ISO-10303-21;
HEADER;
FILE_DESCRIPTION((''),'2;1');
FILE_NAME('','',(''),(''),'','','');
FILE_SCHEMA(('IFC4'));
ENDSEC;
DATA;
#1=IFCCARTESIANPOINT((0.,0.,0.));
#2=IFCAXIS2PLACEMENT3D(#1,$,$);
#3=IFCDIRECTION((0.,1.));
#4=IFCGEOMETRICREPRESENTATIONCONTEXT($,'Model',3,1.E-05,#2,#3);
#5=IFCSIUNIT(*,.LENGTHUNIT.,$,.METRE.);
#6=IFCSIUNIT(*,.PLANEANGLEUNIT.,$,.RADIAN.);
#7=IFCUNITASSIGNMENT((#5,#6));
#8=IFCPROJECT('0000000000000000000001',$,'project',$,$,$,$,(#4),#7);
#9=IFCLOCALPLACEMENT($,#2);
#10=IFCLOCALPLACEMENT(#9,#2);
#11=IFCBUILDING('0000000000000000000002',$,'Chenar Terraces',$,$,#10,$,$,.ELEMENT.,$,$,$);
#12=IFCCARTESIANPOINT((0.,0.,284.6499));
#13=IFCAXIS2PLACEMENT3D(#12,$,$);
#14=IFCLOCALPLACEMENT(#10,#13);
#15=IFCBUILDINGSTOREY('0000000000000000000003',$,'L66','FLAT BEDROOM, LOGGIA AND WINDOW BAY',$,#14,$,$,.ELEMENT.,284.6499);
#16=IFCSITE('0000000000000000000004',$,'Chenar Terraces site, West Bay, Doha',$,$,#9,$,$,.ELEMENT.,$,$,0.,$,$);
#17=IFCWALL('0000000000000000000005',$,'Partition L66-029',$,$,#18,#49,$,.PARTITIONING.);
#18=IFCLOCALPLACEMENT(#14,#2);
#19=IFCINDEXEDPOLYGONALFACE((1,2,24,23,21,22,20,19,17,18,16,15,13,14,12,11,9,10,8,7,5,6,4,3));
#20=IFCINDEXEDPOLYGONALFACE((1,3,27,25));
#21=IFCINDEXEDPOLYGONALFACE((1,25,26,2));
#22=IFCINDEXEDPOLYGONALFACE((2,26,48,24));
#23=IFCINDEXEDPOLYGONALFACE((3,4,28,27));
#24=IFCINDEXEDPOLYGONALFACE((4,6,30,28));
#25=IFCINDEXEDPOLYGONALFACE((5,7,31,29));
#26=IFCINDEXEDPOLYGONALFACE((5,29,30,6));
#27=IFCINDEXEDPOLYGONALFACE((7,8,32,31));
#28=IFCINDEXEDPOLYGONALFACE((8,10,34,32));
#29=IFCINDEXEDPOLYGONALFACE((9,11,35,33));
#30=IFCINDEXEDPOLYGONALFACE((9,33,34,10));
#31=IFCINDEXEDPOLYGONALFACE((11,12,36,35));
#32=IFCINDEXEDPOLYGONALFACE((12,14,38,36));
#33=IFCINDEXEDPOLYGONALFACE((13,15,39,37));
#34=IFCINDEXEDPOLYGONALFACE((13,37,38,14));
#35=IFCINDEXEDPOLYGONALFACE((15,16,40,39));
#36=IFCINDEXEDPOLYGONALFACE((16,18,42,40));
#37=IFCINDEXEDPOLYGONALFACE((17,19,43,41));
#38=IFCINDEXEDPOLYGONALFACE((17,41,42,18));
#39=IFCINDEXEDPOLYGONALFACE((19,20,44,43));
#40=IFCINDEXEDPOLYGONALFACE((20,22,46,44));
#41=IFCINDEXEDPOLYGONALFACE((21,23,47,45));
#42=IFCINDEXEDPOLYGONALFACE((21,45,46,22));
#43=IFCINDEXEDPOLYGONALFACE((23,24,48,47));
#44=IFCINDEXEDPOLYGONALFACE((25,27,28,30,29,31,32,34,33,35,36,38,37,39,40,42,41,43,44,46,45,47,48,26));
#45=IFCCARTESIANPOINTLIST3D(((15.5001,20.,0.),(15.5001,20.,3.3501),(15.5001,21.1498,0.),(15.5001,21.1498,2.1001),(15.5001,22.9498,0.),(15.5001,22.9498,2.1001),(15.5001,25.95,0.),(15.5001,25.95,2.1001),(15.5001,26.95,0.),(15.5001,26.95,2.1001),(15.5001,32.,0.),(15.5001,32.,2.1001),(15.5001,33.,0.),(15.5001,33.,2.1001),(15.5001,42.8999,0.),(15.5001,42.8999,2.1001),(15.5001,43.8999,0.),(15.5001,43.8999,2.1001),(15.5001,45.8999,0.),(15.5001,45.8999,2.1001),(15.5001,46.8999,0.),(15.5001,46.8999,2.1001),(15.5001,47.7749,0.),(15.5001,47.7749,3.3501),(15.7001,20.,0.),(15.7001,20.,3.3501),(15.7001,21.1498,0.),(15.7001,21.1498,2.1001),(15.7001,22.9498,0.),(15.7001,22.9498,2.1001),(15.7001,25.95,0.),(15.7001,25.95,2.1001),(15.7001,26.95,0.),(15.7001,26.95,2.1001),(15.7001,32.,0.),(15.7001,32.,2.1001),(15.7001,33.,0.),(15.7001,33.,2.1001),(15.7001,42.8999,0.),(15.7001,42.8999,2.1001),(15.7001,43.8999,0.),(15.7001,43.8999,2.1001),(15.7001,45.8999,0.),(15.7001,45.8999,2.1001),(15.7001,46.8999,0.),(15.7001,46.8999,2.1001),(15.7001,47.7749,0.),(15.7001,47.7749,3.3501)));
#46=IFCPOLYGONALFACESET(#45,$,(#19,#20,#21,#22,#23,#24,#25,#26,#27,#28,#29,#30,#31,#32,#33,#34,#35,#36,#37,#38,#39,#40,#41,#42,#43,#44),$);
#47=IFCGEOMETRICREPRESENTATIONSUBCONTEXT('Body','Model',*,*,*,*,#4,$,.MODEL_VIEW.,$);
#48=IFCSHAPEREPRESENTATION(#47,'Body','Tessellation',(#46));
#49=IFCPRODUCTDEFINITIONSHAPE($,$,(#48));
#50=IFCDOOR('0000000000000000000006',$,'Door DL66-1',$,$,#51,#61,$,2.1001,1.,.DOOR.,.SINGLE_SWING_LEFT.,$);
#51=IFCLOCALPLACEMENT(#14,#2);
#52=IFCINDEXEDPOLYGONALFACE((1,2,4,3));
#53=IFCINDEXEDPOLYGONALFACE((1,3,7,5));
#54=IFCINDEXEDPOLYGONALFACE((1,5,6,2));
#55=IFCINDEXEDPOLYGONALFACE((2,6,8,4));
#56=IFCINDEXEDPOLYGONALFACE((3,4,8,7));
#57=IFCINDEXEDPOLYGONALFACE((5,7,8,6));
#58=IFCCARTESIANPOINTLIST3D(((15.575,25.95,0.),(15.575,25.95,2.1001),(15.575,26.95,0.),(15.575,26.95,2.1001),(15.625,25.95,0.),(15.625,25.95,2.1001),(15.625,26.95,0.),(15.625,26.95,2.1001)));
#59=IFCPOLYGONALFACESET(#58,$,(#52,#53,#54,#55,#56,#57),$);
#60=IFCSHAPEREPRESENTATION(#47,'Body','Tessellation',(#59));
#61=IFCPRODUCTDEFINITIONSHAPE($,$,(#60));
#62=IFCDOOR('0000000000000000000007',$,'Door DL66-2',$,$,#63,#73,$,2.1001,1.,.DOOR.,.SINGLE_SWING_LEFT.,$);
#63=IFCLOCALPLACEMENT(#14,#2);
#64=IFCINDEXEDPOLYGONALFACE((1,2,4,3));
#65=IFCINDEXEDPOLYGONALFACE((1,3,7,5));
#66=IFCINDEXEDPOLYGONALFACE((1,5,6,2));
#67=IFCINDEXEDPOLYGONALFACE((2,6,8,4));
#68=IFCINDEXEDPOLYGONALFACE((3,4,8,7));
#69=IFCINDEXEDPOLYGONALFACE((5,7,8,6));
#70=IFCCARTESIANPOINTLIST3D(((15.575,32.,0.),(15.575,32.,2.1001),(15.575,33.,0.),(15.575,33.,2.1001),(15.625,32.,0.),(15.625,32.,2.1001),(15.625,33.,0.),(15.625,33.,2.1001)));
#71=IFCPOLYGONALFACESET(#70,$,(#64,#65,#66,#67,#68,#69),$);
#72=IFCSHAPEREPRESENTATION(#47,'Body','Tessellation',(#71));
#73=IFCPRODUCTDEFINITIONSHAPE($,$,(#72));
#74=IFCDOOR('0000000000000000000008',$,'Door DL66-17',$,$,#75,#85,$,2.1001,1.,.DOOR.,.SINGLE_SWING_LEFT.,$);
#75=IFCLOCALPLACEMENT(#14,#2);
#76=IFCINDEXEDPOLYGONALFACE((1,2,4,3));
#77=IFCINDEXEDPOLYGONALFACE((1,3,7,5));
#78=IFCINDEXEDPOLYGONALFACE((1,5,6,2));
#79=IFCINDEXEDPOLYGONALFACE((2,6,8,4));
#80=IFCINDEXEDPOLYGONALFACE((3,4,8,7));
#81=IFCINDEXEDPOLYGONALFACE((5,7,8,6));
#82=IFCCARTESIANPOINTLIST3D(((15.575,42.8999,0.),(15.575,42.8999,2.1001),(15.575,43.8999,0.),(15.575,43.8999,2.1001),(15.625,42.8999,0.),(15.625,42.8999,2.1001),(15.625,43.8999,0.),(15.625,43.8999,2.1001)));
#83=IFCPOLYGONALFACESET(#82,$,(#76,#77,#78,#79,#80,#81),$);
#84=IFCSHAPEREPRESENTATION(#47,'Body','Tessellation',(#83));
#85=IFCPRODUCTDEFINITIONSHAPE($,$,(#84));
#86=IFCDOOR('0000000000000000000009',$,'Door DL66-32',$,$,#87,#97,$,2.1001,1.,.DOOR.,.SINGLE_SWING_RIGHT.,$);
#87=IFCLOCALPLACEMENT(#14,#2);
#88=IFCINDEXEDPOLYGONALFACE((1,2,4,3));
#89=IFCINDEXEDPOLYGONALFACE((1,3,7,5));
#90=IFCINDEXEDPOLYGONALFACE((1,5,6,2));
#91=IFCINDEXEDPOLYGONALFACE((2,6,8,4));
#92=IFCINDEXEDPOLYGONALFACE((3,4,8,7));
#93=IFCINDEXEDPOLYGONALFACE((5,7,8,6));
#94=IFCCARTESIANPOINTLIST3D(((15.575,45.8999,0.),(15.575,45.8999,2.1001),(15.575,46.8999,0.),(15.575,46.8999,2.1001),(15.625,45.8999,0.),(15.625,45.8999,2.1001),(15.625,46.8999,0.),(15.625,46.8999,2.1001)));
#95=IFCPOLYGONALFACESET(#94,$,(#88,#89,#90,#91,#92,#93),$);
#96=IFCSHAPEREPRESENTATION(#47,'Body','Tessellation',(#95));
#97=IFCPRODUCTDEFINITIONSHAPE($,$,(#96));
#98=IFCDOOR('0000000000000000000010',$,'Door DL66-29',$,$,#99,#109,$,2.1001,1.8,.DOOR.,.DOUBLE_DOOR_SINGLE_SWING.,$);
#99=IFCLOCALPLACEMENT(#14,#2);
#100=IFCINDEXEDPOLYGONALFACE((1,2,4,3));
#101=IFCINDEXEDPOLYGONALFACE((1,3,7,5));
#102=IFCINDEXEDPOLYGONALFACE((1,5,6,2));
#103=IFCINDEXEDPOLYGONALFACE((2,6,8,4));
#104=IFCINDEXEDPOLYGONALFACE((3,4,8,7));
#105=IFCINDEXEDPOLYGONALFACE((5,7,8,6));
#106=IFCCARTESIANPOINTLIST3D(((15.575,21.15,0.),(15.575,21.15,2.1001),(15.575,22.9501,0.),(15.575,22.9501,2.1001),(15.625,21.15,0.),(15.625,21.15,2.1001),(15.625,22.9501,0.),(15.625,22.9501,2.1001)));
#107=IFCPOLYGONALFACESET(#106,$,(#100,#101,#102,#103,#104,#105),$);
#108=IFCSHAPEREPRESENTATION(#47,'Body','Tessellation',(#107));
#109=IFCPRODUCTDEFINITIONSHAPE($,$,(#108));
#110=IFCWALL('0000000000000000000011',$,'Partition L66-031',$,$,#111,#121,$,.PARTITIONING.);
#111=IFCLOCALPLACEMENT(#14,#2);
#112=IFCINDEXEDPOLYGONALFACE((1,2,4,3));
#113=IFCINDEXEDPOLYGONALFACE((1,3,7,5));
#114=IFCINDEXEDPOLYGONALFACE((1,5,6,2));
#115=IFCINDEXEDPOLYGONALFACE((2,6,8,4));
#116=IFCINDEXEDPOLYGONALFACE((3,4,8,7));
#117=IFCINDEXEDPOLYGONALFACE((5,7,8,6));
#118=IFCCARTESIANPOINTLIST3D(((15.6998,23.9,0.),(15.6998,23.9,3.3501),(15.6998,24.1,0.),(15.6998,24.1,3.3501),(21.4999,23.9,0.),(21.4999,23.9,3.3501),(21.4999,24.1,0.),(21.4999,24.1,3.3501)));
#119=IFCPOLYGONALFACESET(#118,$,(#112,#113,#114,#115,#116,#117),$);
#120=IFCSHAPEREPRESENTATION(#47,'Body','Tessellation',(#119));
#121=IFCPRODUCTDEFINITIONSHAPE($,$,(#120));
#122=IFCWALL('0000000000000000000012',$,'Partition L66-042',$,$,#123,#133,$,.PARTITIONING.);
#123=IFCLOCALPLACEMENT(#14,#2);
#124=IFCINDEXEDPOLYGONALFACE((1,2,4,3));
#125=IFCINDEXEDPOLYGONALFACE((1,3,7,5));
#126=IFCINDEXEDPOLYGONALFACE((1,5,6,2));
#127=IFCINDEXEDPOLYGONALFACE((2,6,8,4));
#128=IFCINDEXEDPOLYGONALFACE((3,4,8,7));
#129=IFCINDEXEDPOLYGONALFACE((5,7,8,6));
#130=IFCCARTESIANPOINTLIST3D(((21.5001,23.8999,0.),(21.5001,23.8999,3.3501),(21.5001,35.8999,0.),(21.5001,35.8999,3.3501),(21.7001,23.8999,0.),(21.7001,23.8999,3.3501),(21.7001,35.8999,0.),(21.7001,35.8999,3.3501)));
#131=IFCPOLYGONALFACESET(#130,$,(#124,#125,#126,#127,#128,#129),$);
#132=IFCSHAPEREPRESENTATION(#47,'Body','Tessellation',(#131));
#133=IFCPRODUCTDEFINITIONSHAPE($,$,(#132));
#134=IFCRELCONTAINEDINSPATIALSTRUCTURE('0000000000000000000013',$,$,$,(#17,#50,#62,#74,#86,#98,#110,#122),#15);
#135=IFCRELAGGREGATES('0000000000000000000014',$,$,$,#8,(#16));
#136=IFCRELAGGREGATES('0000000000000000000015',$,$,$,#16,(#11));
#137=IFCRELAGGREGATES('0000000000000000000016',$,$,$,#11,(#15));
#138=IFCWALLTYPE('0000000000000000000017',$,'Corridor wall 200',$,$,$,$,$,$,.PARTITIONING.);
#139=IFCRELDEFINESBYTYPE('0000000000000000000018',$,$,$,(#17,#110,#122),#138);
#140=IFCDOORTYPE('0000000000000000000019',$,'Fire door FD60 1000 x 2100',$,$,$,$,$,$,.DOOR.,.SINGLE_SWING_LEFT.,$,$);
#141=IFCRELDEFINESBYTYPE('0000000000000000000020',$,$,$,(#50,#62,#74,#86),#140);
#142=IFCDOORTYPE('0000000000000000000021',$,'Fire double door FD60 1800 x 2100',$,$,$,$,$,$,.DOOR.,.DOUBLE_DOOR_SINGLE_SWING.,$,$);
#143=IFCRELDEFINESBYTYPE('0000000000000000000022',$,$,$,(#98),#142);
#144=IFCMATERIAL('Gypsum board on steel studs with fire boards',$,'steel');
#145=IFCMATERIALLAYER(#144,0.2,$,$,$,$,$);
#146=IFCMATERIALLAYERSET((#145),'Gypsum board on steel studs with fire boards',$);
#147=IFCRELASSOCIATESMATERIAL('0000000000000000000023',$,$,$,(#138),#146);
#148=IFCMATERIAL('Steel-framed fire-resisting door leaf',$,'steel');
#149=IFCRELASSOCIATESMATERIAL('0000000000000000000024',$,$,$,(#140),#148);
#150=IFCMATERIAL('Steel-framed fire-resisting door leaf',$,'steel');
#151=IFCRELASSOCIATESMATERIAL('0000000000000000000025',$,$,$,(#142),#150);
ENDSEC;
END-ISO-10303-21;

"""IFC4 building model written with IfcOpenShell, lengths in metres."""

from ifc_helpers import new_model, si_unit, direction, frame, frame_2d, origin, place, context, subcontext, project, spatial, rectangle, extrude, material, layer, layer_set, type_object, element, fill, save


model = new_model("IFC4")

# Units and contexts
model_context = context("Model", 3, precision=1e-05, world=origin(), true_north=direction((0.0, 1.0)))
body_context = subcontext(model_context, "Body", "Model", "MODEL_VIEW")
ifc_project = project(units=[si_unit("LENGTHUNIT", "METRE"), si_unit("PLANEANGLEUNIT", "RADIAN")], contexts=[model_context])

# Site, building, storey
site_placement = place(None, origin())
site = spatial("IfcSite", under=ifc_project, at=site_placement, Name="Chenar Terraces site, West Bay, Doha", CompositionType="ELEMENT", RefElevation=0.0)
building_placement = place(site_placement, origin())
building = spatial("IfcBuilding", under=site, at=building_placement, Name="Chenar Terraces", CompositionType="ELEMENT")
storey_placement = place(building_placement, frame((0.0, 0.0, 284.6499)))
storey = spatial("IfcBuildingStorey", under=building, at=storey_placement, Name="L66", Description="FLAT BEDROOM, LOGGIA AND WINDOW BAY", CompositionType="ELEMENT", Elevation=284.6499)

# Wall, openings, doors
ifc_material_1 = material(Name="Gypsum board on steel studs with fire boards", Category="steel")
ifc_layer_1 = layer(ifc_material_1, 0.2)
ifc_layer_set_1 = layer_set([ifc_layer_1], Name="Gypsum board on steel studs with fire boards")
wall_type_1 = type_object("IfcWallType", Name="Corridor wall 200", PredefinedType="PARTITIONING", material=ifc_layer_set_1)
wall_1_placement = place(storey_placement, frame((15.6001, 20.0, 0.0), z_axis=(0.0, 0.0, 1.0), x_axis=(0.0, 1.0, 0.0)))
wall_1 = element("IfcWall", 1, at=wall_1_placement, inside=storey, type_object=wall_type_1, Name="Partition L66-029", PredefinedType="PARTITIONING", context=body_context, shape_type="SweptSolid", body=[
    extrude(rectangle(XDim=27.7749, YDim=0.2, at=frame_2d((13.8875, 0.0))), origin(), (0.0, 0.0, 1.0), 3.3501),
])
opening_1_placement = place(wall_1_placement, frame((5.95, 0.0, 0.0)))
opening_1 = element("IfcOpeningElement", 2, at=opening_1_placement, cuts=wall_1, PredefinedType="OPENING", context=body_context, shape_type="SweptSolid", body=[
    extrude(rectangle(XDim=1.0, YDim=2.1001, at=frame_2d((0.5, 1.05))), frame((0.0, 0.1099, 0.0), z_axis=(0.0, -1.0, 0.0), x_axis=(1.0, 0.0, 0.0)), (0.0, 0.0, 1.0), 0.22),
])
opening_2_placement = place(wall_1_placement, frame((12.0, 0.0, 0.0)))
opening_2 = element("IfcOpeningElement", 3, at=opening_2_placement, cuts=wall_1, PredefinedType="OPENING", context=body_context, shape_type="SweptSolid", body=[
    extrude(rectangle(XDim=1.0, YDim=2.1001, at=frame_2d((0.5, 1.05))), frame((0.0, 0.1099, 0.0), z_axis=(0.0, -1.0, 0.0), x_axis=(1.0, 0.0, 0.0)), (0.0, 0.0, 1.0), 0.22),
])
opening_3_placement = place(wall_1_placement, frame((22.8999, 0.0, 0.0)))
opening_3 = element("IfcOpeningElement", 4, at=opening_3_placement, cuts=wall_1, PredefinedType="OPENING", context=body_context, shape_type="SweptSolid", body=[
    extrude(rectangle(XDim=1.0, YDim=2.1001, at=frame_2d((0.5, 1.05))), frame((0.0, 0.1099, 0.0), z_axis=(0.0, -1.0, 0.0), x_axis=(1.0, 0.0, 0.0)), (0.0, 0.0, 1.0), 0.22),
])
opening_4_placement = place(wall_1_placement, frame((1.1499, 0.0, 0.0)))
opening_4 = element("IfcOpeningElement", 5, at=opening_4_placement, cuts=wall_1, PredefinedType="OPENING", context=body_context, shape_type="SweptSolid", body=[
    extrude(rectangle(XDim=1.8, YDim=2.1001, at=frame_2d((0.8999, 1.05))), frame((0.0, 0.1099, 0.0), z_axis=(0.0, -1.0, 0.0), x_axis=(1.0, 0.0, 0.0)), (0.0, 0.0, 1.0), 0.22),
])
opening_5_placement = place(wall_1_placement, frame((25.8999, 0.0, 0.0)))
opening_5 = element("IfcOpeningElement", 6, at=opening_5_placement, cuts=wall_1, PredefinedType="OPENING", context=body_context, shape_type="SweptSolid", body=[
    extrude(rectangle(XDim=1.0, YDim=2.1001, at=frame_2d((0.5, 1.05))), frame((0.0, 0.1099, 0.0), z_axis=(0.0, -1.0, 0.0), x_axis=(1.0, 0.0, 0.0)), (0.0, 0.0, 1.0), 0.22),
])
ifc_material_2 = material(Name="Steel-framed fire-resisting door leaf", Category="steel")
door_type_1 = type_object("IfcDoorType", Name="Fire door FD60 1000 x 2100", OperationType="SINGLE_SWING_LEFT", PredefinedType="DOOR", material=ifc_material_2)
door_1_placement = place(opening_1_placement, frame((1.0, 0.0, 0.0), z_axis=(0.0, 0.0, 1.0), x_axis=(-1.0, 0.0, 0.0)))
door_1 = element("IfcDoor", 7, at=door_1_placement, inside=storey, type_object=door_type_1, Name="Door DL66-1", OperationType="SINGLE_SWING_LEFT", OverallHeight=2.1001, OverallWidth=1.0, PredefinedType="DOOR", context=body_context, shape_type="SweptSolid", body=[
    extrude(rectangle(XDim=1.0, YDim=2.1001, at=frame_2d((0.5, 1.05))), frame((0.0, 0.0249, 0.0), z_axis=(0.0, -1.0, 0.0), x_axis=(1.0, 0.0, 0.0)), (0.0, 0.0, 1.0), 0.05),
])
fill(opening_1, door_1)
door_2_placement = place(opening_2_placement, frame((1.0, 0.0, 0.0), z_axis=(0.0, 0.0, 1.0), x_axis=(-1.0, 0.0, 0.0)))
door_2 = element("IfcDoor", 8, at=door_2_placement, inside=storey, type_object=door_type_1, Name="Door DL66-2", OperationType="SINGLE_SWING_LEFT", OverallHeight=2.1001, OverallWidth=1.0, PredefinedType="DOOR", context=body_context, shape_type="SweptSolid", body=[
    extrude(rectangle(XDim=1.0, YDim=2.1001, at=frame_2d((0.5, 1.05))), frame((0.0, 0.0249, 0.0), z_axis=(0.0, -1.0, 0.0), x_axis=(1.0, 0.0, 0.0)), (0.0, 0.0, 1.0), 0.05),
])
fill(opening_2, door_2)
door_3_placement = place(opening_3_placement, frame((1.0, 0.0, 0.0), z_axis=(0.0, 0.0, 1.0), x_axis=(-1.0, 0.0, 0.0)))
door_3 = element("IfcDoor", 9, at=door_3_placement, inside=storey, type_object=door_type_1, Name="Door DL66-17", OperationType="SINGLE_SWING_LEFT", OverallHeight=2.1001, OverallWidth=1.0, PredefinedType="DOOR", context=body_context, shape_type="SweptSolid", body=[
    extrude(rectangle(XDim=1.0, YDim=2.1001, at=frame_2d((0.5, 1.05))), frame((0.0, 0.0249, 0.0), z_axis=(0.0, -1.0, 0.0), x_axis=(1.0, 0.0, 0.0)), (0.0, 0.0, 1.0), 0.05),
])
fill(opening_3, door_3)
door_4_placement = place(opening_5_placement, frame((1.0, 0.0, 0.0), z_axis=(0.0, 0.0, 1.0), x_axis=(-1.0, 0.0, 0.0)))
door_4 = element("IfcDoor", 10, at=door_4_placement, inside=storey, type_object=door_type_1, Name="Door DL66-32", OperationType="SINGLE_SWING_RIGHT", OverallHeight=2.1001, OverallWidth=1.0, PredefinedType="DOOR", context=body_context, shape_type="SweptSolid", body=[
    extrude(rectangle(XDim=1.0, YDim=2.1001, at=frame_2d((0.5, 1.05))), frame((0.0, 0.0249, 0.0), z_axis=(0.0, -1.0, 0.0), x_axis=(1.0, 0.0, 0.0)), (0.0, 0.0, 1.0), 0.05),
])
fill(opening_5, door_4)
ifc_material_3 = material(Name="Steel-framed fire-resisting door leaf", Category="steel")
door_type_2 = type_object("IfcDoorType", Name="Fire double door FD60 1800 x 2100", OperationType="DOUBLE_DOOR_SINGLE_SWING", PredefinedType="DOOR", material=ifc_material_3)
door_5_placement = place(opening_4_placement, frame((1.8, 0.0, 0.0), z_axis=(0.0, 0.0, 1.0), x_axis=(-1.0, 0.0, 0.0)))
door_5 = element("IfcDoor", 11, at=door_5_placement, inside=storey, type_object=door_type_2, Name="Door DL66-29", OperationType="DOUBLE_DOOR_SINGLE_SWING", OverallHeight=2.1001, OverallWidth=1.8, PredefinedType="DOOR", context=body_context, shape_type="SweptSolid", body=[
    extrude(rectangle(XDim=1.8, YDim=2.1001, at=frame_2d((0.8999, 1.05))), frame((0.0, 0.0249, 0.0), z_axis=(0.0, -1.0, 0.0), x_axis=(1.0, 0.0, 0.0)), (0.0, 0.0, 1.0), 0.05),
])
fill(opening_4, door_5)

# Walls
wall_2_placement = place(storey_placement, frame((15.7, 24.0, 0.0), z_axis=(0.0, 0.0, 1.0), x_axis=(1.0, 0.0, 0.0)))
element("IfcWall", 12, at=wall_2_placement, inside=storey, type_object=wall_type_1, Name="Partition L66-031", PredefinedType="PARTITIONING", context=body_context, shape_type="SweptSolid", body=[
    extrude(rectangle(XDim=5.8, YDim=0.2, at=frame_2d((2.8999, 0.0))), origin(), (0.0, 0.0, 1.0), 3.3501),
])
wall_3_placement = place(storey_placement, frame((21.6001, 23.8999, 0.0), z_axis=(0.0, 0.0, 1.0), x_axis=(0.0, 1.0, 0.0)))
element("IfcWall", 13, at=wall_3_placement, inside=storey, type_object=wall_type_1, Name="Partition L66-042", PredefinedType="PARTITIONING", context=body_context, shape_type="SweptSolid", body=[
    extrude(rectangle(XDim=12.0, YDim=0.2, at=frame_2d((6.0, 0.0))), origin(), (0.0, 0.0, 1.0), 3.3501),
])

save(model, "model.ifc")
